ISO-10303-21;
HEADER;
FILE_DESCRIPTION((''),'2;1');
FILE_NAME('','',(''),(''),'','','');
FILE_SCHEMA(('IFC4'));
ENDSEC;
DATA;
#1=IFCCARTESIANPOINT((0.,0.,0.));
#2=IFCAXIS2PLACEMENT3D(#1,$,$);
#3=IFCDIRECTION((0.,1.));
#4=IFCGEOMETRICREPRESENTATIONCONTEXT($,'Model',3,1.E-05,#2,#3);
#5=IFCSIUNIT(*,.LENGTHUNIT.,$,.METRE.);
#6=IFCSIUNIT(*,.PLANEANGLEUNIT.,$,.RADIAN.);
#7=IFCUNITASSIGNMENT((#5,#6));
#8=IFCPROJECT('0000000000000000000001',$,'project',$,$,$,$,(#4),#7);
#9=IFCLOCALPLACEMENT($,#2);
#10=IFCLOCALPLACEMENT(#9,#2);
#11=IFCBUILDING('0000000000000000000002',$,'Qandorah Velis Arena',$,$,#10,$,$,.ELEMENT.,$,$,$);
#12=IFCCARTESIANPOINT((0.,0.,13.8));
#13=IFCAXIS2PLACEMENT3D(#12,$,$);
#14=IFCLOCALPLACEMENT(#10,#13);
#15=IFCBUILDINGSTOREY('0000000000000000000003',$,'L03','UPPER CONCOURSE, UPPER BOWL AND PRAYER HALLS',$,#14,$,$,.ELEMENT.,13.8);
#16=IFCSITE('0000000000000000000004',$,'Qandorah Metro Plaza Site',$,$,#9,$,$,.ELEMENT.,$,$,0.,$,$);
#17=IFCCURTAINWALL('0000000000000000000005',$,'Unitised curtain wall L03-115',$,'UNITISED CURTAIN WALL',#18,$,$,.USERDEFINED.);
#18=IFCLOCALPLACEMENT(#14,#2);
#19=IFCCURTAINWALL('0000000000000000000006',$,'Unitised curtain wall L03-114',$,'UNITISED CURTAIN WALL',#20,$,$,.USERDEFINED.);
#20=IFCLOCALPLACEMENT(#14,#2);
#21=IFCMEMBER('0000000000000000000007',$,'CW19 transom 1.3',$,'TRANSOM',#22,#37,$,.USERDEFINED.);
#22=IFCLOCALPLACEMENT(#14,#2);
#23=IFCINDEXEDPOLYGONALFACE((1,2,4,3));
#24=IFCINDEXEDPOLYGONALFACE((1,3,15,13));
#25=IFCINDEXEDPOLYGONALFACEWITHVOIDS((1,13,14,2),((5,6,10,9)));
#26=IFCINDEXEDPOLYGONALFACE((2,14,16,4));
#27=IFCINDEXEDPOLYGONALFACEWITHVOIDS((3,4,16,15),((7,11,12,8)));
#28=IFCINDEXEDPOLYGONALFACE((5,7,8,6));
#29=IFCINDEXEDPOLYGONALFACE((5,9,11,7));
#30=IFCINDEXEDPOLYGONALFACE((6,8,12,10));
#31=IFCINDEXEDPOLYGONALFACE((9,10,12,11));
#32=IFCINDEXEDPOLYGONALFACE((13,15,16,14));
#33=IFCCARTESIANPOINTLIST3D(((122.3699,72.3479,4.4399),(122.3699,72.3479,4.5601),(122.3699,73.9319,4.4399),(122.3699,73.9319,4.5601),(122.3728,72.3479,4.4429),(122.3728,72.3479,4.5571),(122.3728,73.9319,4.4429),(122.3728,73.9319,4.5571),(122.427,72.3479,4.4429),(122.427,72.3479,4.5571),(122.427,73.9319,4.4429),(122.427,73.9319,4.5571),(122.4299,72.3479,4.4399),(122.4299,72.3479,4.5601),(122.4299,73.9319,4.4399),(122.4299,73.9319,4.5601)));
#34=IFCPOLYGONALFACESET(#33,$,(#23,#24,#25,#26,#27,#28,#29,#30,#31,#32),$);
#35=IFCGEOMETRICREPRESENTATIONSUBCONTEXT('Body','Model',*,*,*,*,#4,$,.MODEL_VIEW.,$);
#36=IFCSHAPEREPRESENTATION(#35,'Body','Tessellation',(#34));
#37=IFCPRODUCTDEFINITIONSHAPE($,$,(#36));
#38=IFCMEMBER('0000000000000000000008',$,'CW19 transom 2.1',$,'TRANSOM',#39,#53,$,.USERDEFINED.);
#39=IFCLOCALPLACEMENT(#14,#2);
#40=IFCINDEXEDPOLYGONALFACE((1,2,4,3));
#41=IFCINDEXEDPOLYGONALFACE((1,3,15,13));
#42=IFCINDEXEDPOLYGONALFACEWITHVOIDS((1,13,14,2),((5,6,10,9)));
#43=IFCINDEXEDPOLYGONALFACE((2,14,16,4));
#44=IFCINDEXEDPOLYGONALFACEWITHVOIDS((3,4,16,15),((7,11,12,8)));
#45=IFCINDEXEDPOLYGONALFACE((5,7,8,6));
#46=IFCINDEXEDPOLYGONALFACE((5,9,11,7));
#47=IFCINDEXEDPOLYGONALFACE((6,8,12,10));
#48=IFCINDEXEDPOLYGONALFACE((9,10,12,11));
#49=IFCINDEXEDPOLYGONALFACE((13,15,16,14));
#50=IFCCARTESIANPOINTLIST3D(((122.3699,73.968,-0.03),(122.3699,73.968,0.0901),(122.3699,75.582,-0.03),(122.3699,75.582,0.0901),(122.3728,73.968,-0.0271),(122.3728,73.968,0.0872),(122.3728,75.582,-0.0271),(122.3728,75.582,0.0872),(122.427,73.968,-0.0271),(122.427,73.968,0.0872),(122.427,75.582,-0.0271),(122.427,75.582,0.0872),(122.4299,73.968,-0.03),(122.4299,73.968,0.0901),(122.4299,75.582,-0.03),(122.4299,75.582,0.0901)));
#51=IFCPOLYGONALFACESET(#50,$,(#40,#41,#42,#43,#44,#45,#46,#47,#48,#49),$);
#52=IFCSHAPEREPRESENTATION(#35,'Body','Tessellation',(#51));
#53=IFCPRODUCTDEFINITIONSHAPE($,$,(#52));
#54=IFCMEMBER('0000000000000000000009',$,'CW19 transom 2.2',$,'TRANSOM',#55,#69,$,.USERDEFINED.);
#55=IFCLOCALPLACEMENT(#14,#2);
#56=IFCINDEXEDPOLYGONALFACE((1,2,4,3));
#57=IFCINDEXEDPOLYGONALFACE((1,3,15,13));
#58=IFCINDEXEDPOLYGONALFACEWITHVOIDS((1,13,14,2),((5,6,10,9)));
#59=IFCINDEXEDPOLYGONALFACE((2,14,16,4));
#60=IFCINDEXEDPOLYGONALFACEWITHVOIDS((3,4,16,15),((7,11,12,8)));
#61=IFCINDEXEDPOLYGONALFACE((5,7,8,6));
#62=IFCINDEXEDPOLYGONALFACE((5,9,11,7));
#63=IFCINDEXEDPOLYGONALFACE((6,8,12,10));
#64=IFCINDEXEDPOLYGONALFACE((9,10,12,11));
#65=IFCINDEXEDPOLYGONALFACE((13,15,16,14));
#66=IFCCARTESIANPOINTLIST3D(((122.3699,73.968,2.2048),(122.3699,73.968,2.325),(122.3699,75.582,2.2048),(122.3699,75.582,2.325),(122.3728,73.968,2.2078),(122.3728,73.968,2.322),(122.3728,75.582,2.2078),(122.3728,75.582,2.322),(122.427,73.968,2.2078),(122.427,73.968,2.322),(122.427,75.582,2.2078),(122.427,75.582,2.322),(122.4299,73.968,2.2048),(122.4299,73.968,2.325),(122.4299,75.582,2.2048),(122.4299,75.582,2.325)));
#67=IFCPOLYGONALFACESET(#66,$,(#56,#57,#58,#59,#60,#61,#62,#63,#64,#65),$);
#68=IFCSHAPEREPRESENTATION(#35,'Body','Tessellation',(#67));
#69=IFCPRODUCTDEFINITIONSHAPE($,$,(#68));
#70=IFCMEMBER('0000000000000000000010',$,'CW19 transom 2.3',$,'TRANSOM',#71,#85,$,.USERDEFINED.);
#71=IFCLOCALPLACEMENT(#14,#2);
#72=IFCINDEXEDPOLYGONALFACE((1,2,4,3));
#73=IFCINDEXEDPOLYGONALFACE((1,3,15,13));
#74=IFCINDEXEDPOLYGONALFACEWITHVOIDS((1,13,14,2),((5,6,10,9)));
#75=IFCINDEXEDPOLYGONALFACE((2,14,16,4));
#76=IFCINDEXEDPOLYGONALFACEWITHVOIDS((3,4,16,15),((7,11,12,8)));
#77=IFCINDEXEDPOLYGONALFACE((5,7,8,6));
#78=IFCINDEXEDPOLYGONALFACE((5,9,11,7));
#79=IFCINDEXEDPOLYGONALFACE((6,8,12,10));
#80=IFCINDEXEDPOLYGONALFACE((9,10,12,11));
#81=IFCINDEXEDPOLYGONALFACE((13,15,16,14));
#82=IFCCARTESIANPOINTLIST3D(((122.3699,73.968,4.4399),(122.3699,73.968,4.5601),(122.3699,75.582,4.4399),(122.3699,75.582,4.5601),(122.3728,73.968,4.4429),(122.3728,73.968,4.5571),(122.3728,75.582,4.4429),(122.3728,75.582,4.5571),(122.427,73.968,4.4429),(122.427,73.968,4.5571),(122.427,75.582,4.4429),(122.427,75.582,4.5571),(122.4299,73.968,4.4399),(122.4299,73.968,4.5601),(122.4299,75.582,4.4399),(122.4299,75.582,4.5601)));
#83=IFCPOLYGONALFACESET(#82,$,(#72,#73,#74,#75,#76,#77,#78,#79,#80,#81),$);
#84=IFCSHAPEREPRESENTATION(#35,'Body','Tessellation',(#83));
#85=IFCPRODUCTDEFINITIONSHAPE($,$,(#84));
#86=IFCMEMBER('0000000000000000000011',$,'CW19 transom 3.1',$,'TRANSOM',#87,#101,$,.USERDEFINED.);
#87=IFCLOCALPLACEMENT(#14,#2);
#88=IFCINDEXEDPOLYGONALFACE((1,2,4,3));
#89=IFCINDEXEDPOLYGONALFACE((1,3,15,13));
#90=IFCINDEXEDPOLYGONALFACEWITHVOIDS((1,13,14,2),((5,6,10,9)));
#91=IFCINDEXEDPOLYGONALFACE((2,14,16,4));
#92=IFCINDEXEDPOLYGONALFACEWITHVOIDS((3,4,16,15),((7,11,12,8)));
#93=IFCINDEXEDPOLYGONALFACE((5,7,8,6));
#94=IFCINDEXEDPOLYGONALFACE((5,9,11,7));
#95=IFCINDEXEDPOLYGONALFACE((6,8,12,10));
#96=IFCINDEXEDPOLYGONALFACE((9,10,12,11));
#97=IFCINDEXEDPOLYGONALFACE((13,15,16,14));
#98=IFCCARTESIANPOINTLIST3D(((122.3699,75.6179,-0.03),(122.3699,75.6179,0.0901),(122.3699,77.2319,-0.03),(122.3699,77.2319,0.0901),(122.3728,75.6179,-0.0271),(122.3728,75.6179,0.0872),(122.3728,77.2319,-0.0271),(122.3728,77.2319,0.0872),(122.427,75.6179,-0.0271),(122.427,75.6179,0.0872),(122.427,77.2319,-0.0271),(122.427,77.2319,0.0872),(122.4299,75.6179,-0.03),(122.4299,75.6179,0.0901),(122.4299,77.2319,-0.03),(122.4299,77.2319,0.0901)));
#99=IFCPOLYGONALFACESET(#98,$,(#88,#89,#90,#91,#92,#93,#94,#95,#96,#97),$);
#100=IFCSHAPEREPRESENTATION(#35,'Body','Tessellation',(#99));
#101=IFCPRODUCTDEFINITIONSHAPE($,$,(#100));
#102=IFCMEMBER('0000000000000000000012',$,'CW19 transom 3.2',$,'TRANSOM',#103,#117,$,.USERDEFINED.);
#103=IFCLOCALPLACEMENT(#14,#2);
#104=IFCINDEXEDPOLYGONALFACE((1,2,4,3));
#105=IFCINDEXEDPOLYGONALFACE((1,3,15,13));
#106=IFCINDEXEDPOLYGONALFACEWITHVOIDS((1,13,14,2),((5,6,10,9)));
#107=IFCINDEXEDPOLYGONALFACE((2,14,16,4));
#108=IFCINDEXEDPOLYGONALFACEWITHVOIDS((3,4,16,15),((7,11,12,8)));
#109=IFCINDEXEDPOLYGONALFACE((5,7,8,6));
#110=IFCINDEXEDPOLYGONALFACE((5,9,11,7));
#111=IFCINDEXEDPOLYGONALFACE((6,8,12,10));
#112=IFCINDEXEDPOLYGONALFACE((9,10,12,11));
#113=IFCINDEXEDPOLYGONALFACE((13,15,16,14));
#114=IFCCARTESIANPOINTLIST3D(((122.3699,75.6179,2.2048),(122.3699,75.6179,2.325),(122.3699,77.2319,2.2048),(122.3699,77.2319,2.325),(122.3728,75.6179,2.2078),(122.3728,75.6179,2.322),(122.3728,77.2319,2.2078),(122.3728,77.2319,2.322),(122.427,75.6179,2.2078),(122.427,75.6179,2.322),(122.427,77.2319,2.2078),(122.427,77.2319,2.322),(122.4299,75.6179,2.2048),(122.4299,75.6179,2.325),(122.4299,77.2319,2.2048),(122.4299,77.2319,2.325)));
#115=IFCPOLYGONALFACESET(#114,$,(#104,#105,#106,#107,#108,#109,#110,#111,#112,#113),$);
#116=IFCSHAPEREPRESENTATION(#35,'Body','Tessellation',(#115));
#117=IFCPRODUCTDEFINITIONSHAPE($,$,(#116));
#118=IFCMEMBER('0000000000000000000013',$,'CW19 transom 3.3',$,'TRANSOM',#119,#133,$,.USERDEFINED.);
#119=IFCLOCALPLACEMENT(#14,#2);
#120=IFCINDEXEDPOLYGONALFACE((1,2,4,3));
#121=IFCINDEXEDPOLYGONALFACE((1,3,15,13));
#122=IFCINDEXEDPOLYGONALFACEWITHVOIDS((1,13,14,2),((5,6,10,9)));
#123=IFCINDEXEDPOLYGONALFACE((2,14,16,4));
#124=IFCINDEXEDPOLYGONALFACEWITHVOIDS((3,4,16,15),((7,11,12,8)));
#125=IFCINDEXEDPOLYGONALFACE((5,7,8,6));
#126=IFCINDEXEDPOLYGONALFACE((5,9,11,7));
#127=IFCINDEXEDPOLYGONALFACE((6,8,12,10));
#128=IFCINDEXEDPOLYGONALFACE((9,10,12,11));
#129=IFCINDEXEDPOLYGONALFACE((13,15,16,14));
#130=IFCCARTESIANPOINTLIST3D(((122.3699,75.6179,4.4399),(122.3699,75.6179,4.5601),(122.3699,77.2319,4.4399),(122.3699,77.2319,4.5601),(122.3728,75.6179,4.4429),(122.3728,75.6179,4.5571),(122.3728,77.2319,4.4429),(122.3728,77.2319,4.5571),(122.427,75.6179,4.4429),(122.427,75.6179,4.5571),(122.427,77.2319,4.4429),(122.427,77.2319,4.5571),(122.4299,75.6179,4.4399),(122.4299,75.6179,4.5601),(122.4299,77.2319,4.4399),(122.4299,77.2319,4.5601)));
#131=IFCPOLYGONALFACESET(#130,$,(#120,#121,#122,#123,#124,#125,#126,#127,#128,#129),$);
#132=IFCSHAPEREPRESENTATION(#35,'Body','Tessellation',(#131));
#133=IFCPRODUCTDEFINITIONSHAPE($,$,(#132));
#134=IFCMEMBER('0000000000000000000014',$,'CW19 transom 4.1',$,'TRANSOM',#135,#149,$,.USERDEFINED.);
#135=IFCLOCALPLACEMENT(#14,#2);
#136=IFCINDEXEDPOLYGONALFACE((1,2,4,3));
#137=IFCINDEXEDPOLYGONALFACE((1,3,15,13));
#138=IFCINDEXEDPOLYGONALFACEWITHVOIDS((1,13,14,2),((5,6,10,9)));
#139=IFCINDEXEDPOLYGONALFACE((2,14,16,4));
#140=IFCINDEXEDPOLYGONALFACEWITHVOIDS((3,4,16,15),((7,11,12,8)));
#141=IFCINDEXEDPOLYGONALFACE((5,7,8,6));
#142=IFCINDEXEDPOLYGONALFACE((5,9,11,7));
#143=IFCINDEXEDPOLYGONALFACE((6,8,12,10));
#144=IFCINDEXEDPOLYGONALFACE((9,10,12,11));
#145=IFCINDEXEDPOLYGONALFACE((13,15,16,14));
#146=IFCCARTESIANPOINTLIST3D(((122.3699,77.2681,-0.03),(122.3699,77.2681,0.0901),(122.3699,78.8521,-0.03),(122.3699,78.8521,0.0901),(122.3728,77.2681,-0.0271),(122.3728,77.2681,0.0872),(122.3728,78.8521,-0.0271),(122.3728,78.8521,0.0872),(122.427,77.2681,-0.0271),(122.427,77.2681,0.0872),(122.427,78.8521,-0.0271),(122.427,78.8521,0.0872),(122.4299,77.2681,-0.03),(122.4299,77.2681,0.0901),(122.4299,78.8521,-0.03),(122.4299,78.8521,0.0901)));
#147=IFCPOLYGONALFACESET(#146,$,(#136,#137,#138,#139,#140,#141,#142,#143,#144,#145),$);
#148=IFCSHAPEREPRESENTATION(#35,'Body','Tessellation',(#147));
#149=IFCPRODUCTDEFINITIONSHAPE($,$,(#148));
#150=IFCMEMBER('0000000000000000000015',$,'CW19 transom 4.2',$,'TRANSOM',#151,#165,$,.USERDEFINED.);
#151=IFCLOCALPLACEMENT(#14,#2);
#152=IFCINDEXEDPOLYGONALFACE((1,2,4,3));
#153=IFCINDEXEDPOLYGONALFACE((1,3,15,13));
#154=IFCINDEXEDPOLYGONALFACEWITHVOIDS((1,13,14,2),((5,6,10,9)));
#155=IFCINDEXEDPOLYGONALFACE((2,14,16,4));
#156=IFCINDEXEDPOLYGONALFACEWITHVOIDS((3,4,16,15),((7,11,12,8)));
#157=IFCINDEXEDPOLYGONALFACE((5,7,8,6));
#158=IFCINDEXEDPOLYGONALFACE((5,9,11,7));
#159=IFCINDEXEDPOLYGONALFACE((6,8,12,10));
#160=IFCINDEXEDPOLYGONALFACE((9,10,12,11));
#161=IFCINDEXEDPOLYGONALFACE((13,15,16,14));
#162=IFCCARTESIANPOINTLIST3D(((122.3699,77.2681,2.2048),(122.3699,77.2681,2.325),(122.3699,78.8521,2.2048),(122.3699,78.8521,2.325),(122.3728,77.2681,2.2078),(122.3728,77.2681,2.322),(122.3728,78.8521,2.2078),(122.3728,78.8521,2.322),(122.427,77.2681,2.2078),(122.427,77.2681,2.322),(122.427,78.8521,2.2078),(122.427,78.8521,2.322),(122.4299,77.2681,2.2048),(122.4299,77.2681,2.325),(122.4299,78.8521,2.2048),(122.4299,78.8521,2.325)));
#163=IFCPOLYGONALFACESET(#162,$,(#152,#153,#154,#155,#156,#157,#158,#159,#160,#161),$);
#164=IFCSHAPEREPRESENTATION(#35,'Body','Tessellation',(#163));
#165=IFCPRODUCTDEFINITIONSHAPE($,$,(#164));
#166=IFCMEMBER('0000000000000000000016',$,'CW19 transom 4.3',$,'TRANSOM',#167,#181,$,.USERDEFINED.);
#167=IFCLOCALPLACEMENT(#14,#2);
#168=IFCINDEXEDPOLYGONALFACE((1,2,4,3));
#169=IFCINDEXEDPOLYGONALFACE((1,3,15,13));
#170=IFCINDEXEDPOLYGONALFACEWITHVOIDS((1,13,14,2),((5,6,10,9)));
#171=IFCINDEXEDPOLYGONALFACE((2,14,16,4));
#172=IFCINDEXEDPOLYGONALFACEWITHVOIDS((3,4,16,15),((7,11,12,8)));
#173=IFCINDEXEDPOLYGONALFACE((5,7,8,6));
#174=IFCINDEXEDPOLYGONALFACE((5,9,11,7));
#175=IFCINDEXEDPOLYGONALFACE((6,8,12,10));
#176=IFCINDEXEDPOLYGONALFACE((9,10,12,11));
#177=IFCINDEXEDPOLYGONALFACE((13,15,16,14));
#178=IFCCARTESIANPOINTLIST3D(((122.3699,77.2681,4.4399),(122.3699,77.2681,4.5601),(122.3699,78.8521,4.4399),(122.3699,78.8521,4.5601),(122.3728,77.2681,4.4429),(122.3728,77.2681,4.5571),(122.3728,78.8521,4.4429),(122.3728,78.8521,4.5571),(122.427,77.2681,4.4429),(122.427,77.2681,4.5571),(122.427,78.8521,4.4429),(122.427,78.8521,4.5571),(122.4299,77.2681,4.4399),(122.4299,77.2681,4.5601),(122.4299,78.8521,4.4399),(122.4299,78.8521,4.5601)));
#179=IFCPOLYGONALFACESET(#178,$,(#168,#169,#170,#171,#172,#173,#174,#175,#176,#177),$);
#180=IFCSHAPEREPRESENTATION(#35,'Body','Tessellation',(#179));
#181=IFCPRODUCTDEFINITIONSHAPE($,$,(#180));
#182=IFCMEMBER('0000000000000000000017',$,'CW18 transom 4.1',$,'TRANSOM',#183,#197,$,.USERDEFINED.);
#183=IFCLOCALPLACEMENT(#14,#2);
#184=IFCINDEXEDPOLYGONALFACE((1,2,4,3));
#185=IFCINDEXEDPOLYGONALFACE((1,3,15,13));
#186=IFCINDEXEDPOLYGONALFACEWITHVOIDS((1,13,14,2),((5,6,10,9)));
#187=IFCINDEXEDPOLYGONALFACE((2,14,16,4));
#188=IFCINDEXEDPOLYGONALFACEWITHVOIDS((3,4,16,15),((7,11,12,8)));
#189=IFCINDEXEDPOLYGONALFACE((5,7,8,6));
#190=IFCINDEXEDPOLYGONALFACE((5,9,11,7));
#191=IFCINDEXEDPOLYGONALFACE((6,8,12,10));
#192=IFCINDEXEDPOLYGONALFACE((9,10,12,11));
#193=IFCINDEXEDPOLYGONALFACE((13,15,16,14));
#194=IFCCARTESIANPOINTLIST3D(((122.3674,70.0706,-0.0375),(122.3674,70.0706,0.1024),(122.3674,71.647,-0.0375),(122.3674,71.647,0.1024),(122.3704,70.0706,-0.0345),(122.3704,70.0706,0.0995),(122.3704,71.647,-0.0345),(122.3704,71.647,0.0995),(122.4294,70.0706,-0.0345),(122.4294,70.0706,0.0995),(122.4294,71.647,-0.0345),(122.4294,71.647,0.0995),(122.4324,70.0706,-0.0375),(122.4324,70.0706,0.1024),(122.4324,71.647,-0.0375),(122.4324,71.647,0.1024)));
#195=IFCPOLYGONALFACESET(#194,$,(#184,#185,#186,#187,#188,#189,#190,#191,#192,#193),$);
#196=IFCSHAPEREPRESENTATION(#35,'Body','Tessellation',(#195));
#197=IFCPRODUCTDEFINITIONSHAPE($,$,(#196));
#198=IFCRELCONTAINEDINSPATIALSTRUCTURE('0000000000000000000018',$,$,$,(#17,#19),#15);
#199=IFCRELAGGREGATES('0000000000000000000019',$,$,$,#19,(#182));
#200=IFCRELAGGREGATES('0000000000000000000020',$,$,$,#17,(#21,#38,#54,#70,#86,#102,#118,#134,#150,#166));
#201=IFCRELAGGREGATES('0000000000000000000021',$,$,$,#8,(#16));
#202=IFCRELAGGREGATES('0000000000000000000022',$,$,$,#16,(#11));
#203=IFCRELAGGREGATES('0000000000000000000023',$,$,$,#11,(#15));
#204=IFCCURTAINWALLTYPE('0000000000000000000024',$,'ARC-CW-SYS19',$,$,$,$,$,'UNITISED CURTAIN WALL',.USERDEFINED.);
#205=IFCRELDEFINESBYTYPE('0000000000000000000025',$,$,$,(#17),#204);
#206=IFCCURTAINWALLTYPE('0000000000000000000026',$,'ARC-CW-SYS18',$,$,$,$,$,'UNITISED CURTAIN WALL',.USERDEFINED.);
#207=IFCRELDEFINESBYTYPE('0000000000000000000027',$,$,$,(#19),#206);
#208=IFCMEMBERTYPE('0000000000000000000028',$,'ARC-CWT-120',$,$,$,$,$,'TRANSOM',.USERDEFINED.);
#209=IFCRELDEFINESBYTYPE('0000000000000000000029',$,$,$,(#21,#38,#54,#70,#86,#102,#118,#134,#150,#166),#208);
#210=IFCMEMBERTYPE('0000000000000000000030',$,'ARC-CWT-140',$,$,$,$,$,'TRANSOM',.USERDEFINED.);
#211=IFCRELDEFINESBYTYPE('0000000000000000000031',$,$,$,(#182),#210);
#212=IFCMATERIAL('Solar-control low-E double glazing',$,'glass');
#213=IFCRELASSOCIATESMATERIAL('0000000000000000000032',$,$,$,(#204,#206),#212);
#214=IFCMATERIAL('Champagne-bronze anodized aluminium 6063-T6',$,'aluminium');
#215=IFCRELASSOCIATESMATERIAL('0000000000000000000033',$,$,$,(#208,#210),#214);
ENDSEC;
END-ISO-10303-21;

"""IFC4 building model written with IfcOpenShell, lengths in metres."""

from ifc_helpers import new_model, si_unit, direction, frame, origin, origin_2d, place, context, subcontext, project, spatial, hollow_rectangle, extrude, material, material_profile, profile_set, type_object, element, aggregate, save


model = new_model("IFC4")

# Units and contexts
model_context = context("Model", 3, precision=1e-05, world=origin(), true_north=direction((0.0, 1.0)))
body_context = subcontext(model_context, "Body", "Model", "MODEL_VIEW")
ifc_project = project(units=[si_unit("LENGTHUNIT", "METRE"), si_unit("PLANEANGLEUNIT", "RADIAN")], contexts=[model_context])

# Site, building, storey
site_placement = place(None, origin())
site = spatial("IfcSite", under=ifc_project, at=site_placement, Name="Qandorah Metro Plaza Site", CompositionType="ELEMENT", RefElevation=0.0)
building_placement = place(site_placement, origin())
building = spatial("IfcBuilding", under=site, at=building_placement, Name="Qandorah Velis Arena", CompositionType="ELEMENT")
storey_placement = place(building_placement, frame((0.0, 0.0, 13.8)))
storey = spatial("IfcBuildingStorey", under=building, at=storey_placement, Name="L03", Description="UPPER CONCOURSE, UPPER BOWL AND PRAYER HALLS", CompositionType="ELEMENT", Elevation=13.8)

# Shared definitions
ifc_material_1 = material(Name="Solar-control low-E double glazing", Category="glass")
ifc_material_2 = material(Name="Champagne-bronze anodized aluminium 6063-T6", Category="aluminium")

# Curtain walls
curtain_wall_type_1 = type_object("IfcCurtainWallType", Name="ARC-CW-SYS19", ElementType="UNITISED CURTAIN WALL", PredefinedType="USERDEFINED", material=ifc_material_1)
curtain_wall_1_placement = place(storey_placement, origin())
curtain_wall_1 = element("IfcCurtainWall", 1, at=curtain_wall_1_placement, inside=storey, type_object=curtain_wall_type_1, Name="Unitised curtain wall L03-115", ObjectType="UNITISED CURTAIN WALL", PredefinedType="USERDEFINED")
curtain_wall_type_2 = type_object("IfcCurtainWallType", Name="ARC-CW-SYS18", ElementType="UNITISED CURTAIN WALL", PredefinedType="USERDEFINED", material=ifc_material_1)
curtain_wall_2_placement = place(storey_placement, origin())
curtain_wall_2 = element("IfcCurtainWall", 2, at=curtain_wall_2_placement, inside=storey, type_object=curtain_wall_type_2, Name="Unitised curtain wall L03-114", ObjectType="UNITISED CURTAIN WALL", PredefinedType="USERDEFINED")

# Members
ifc_material_profile_1 = material_profile(ifc_material_2, hollow_rectangle(XDim=0.0601, YDim=0.1201, WallThickness=0.0029, at=origin_2d()), Name="ALU TRANSOM 60x120")
ifc_profile_set_1 = profile_set([ifc_material_profile_1], Name="Champagne-bronze anodized aluminium 6063-T6")
member_type_1 = type_object("IfcMemberType", Name="ARC-CWT-120", ElementType="TRANSOM", PredefinedType="USERDEFINED", material=ifc_profile_set_1)
member_1_placement = place(storey_placement, frame((122.3999, 72.3479, 4.5), z_axis=(0.0, 1.0, 0.0), x_axis=(-1.0, 0.0, 0.0)))
member_1 = element("IfcMember", 3, at=member_1_placement, type_object=member_type_1, Name="CW19 transom 1.3", ObjectType="TRANSOM", PredefinedType="USERDEFINED", context=body_context, shape_type="SweptSolid", body=[
    extrude(hollow_rectangle(XDim=0.0601, YDim=0.1201, WallThickness=0.0029, at=origin_2d()), origin(), (0.0, 0.0, 1.0), 1.584),
])
member_2_placement = place(storey_placement, frame((122.3999, 73.968, 0.03), z_axis=(0.0, 1.0, 0.0), x_axis=(-1.0, 0.0, 0.0)))
member_2 = element("IfcMember", 4, at=member_2_placement, type_object=member_type_1, Name="CW19 transom 2.1", ObjectType="TRANSOM", PredefinedType="USERDEFINED", context=body_context, shape_type="SweptSolid", body=[
    extrude(hollow_rectangle(XDim=0.0601, YDim=0.1201, WallThickness=0.0029, at=origin_2d()), origin(), (0.0, 0.0, 1.0), 1.614),
])
member_3_placement = place(storey_placement, frame((122.3999, 73.968, 2.2649), z_axis=(0.0, 1.0, 0.0), x_axis=(-1.0, 0.0, 0.0)))
member_3 = element("IfcMember", 5, at=member_3_placement, type_object=member_type_1, Name="CW19 transom 2.2", ObjectType="TRANSOM", PredefinedType="USERDEFINED", context=body_context, shape_type="SweptSolid", body=[
    extrude(hollow_rectangle(XDim=0.0601, YDim=0.1201, WallThickness=0.0029, at=origin_2d()), origin(), (0.0, 0.0, 1.0), 1.614),
])
member_4_placement = place(storey_placement, frame((122.3999, 73.968, 4.5), z_axis=(0.0, 1.0, 0.0), x_axis=(-1.0, 0.0, 0.0)))
member_4 = element("IfcMember", 6, at=member_4_placement, type_object=member_type_1, Name="CW19 transom 2.3", ObjectType="TRANSOM", PredefinedType="USERDEFINED", context=body_context, shape_type="SweptSolid", body=[
    extrude(hollow_rectangle(XDim=0.0601, YDim=0.1201, WallThickness=0.0029, at=origin_2d()), origin(), (0.0, 0.0, 1.0), 1.614),
])
member_5_placement = place(storey_placement, frame((122.3999, 75.6179, 0.03), z_axis=(0.0, 1.0, 0.0), x_axis=(-1.0, 0.0, 0.0)))
member_5 = element("IfcMember", 7, at=member_5_placement, type_object=member_type_1, Name="CW19 transom 3.1", ObjectType="TRANSOM", PredefinedType="USERDEFINED", context=body_context, shape_type="SweptSolid", body=[
    extrude(hollow_rectangle(XDim=0.0601, YDim=0.1201, WallThickness=0.0029, at=origin_2d()), origin(), (0.0, 0.0, 1.0), 1.614),
])
member_6_placement = place(storey_placement, frame((122.3999, 75.6179, 2.2649), z_axis=(0.0, 1.0, 0.0), x_axis=(-1.0, 0.0, 0.0)))
member_6 = element("IfcMember", 8, at=member_6_placement, type_object=member_type_1, Name="CW19 transom 3.2", ObjectType="TRANSOM", PredefinedType="USERDEFINED", context=body_context, shape_type="SweptSolid", body=[
    extrude(hollow_rectangle(XDim=0.0601, YDim=0.1201, WallThickness=0.0029, at=origin_2d()), origin(), (0.0, 0.0, 1.0), 1.614),
])
member_7_placement = place(storey_placement, frame((122.3999, 75.6179, 4.5), z_axis=(0.0, 1.0, 0.0), x_axis=(-1.0, 0.0, 0.0)))
member_7 = element("IfcMember", 9, at=member_7_placement, type_object=member_type_1, Name="CW19 transom 3.3", ObjectType="TRANSOM", PredefinedType="USERDEFINED", context=body_context, shape_type="SweptSolid", body=[
    extrude(hollow_rectangle(XDim=0.0601, YDim=0.1201, WallThickness=0.0029, at=origin_2d()), origin(), (0.0, 0.0, 1.0), 1.614),
])
member_8_placement = place(storey_placement, frame((122.3999, 77.2681, 0.03), z_axis=(0.0, 1.0, 0.0), x_axis=(-1.0, 0.0, 0.0)))
member_8 = element("IfcMember", 10, at=member_8_placement, type_object=member_type_1, Name="CW19 transom 4.1", ObjectType="TRANSOM", PredefinedType="USERDEFINED", context=body_context, shape_type="SweptSolid", body=[
    extrude(hollow_rectangle(XDim=0.0601, YDim=0.1201, WallThickness=0.0029, at=origin_2d()), origin(), (0.0, 0.0, 1.0), 1.584),
])
member_9_placement = place(storey_placement, frame((122.3999, 77.2681, 2.2649), z_axis=(0.0, 1.0, 0.0), x_axis=(-1.0, 0.0, 0.0)))
member_9 = element("IfcMember", 11, at=member_9_placement, type_object=member_type_1, Name="CW19 transom 4.2", ObjectType="TRANSOM", PredefinedType="USERDEFINED", context=body_context, shape_type="SweptSolid", body=[
    extrude(hollow_rectangle(XDim=0.0601, YDim=0.1201, WallThickness=0.0029, at=origin_2d()), origin(), (0.0, 0.0, 1.0), 1.584),
])
member_10_placement = place(storey_placement, frame((122.3999, 77.2681, 4.5), z_axis=(0.0, 1.0, 0.0), x_axis=(-1.0, 0.0, 0.0)))
member_10 = element("IfcMember", 12, at=member_10_placement, type_object=member_type_1, Name="CW19 transom 4.3", ObjectType="TRANSOM", PredefinedType="USERDEFINED", context=body_context, shape_type="SweptSolid", body=[
    extrude(hollow_rectangle(XDim=0.0601, YDim=0.1201, WallThickness=0.0029, at=origin_2d()), origin(), (0.0, 0.0, 1.0), 1.584),
])
ifc_material_profile_2 = material_profile(ifc_material_2, hollow_rectangle(XDim=0.0649, YDim=0.1399, WallThickness=0.0029, at=origin_2d()), Name="ALU TRANSOM 65x140")
ifc_profile_set_2 = profile_set([ifc_material_profile_2], Name="Champagne-bronze anodized aluminium 6063-T6")
member_type_2 = type_object("IfcMemberType", Name="ARC-CWT-140", ElementType="TRANSOM", PredefinedType="USERDEFINED", material=ifc_profile_set_2)
member_11_placement = place(storey_placement, frame((122.3999, 70.0706, 0.0325), z_axis=(0.0, 1.0, 0.0), x_axis=(-1.0, 0.0, 0.0)))
member_11 = element("IfcMember", 13, at=member_11_placement, type_object=member_type_2, Name="CW18 transom 4.1", ObjectType="TRANSOM", PredefinedType="USERDEFINED", context=body_context, shape_type="SweptSolid", body=[
    extrude(hollow_rectangle(XDim=0.0649, YDim=0.1399, WallThickness=0.0029, at=origin_2d()), origin(), (0.0, 0.0, 1.0), 1.5764),
])

aggregate(curtain_wall_2, [member_11])
aggregate(curtain_wall_1, [member_1, member_2, member_3, member_4, member_5, member_6, member_7, member_8, member_9, member_10])

save(model, "model.ifc")
